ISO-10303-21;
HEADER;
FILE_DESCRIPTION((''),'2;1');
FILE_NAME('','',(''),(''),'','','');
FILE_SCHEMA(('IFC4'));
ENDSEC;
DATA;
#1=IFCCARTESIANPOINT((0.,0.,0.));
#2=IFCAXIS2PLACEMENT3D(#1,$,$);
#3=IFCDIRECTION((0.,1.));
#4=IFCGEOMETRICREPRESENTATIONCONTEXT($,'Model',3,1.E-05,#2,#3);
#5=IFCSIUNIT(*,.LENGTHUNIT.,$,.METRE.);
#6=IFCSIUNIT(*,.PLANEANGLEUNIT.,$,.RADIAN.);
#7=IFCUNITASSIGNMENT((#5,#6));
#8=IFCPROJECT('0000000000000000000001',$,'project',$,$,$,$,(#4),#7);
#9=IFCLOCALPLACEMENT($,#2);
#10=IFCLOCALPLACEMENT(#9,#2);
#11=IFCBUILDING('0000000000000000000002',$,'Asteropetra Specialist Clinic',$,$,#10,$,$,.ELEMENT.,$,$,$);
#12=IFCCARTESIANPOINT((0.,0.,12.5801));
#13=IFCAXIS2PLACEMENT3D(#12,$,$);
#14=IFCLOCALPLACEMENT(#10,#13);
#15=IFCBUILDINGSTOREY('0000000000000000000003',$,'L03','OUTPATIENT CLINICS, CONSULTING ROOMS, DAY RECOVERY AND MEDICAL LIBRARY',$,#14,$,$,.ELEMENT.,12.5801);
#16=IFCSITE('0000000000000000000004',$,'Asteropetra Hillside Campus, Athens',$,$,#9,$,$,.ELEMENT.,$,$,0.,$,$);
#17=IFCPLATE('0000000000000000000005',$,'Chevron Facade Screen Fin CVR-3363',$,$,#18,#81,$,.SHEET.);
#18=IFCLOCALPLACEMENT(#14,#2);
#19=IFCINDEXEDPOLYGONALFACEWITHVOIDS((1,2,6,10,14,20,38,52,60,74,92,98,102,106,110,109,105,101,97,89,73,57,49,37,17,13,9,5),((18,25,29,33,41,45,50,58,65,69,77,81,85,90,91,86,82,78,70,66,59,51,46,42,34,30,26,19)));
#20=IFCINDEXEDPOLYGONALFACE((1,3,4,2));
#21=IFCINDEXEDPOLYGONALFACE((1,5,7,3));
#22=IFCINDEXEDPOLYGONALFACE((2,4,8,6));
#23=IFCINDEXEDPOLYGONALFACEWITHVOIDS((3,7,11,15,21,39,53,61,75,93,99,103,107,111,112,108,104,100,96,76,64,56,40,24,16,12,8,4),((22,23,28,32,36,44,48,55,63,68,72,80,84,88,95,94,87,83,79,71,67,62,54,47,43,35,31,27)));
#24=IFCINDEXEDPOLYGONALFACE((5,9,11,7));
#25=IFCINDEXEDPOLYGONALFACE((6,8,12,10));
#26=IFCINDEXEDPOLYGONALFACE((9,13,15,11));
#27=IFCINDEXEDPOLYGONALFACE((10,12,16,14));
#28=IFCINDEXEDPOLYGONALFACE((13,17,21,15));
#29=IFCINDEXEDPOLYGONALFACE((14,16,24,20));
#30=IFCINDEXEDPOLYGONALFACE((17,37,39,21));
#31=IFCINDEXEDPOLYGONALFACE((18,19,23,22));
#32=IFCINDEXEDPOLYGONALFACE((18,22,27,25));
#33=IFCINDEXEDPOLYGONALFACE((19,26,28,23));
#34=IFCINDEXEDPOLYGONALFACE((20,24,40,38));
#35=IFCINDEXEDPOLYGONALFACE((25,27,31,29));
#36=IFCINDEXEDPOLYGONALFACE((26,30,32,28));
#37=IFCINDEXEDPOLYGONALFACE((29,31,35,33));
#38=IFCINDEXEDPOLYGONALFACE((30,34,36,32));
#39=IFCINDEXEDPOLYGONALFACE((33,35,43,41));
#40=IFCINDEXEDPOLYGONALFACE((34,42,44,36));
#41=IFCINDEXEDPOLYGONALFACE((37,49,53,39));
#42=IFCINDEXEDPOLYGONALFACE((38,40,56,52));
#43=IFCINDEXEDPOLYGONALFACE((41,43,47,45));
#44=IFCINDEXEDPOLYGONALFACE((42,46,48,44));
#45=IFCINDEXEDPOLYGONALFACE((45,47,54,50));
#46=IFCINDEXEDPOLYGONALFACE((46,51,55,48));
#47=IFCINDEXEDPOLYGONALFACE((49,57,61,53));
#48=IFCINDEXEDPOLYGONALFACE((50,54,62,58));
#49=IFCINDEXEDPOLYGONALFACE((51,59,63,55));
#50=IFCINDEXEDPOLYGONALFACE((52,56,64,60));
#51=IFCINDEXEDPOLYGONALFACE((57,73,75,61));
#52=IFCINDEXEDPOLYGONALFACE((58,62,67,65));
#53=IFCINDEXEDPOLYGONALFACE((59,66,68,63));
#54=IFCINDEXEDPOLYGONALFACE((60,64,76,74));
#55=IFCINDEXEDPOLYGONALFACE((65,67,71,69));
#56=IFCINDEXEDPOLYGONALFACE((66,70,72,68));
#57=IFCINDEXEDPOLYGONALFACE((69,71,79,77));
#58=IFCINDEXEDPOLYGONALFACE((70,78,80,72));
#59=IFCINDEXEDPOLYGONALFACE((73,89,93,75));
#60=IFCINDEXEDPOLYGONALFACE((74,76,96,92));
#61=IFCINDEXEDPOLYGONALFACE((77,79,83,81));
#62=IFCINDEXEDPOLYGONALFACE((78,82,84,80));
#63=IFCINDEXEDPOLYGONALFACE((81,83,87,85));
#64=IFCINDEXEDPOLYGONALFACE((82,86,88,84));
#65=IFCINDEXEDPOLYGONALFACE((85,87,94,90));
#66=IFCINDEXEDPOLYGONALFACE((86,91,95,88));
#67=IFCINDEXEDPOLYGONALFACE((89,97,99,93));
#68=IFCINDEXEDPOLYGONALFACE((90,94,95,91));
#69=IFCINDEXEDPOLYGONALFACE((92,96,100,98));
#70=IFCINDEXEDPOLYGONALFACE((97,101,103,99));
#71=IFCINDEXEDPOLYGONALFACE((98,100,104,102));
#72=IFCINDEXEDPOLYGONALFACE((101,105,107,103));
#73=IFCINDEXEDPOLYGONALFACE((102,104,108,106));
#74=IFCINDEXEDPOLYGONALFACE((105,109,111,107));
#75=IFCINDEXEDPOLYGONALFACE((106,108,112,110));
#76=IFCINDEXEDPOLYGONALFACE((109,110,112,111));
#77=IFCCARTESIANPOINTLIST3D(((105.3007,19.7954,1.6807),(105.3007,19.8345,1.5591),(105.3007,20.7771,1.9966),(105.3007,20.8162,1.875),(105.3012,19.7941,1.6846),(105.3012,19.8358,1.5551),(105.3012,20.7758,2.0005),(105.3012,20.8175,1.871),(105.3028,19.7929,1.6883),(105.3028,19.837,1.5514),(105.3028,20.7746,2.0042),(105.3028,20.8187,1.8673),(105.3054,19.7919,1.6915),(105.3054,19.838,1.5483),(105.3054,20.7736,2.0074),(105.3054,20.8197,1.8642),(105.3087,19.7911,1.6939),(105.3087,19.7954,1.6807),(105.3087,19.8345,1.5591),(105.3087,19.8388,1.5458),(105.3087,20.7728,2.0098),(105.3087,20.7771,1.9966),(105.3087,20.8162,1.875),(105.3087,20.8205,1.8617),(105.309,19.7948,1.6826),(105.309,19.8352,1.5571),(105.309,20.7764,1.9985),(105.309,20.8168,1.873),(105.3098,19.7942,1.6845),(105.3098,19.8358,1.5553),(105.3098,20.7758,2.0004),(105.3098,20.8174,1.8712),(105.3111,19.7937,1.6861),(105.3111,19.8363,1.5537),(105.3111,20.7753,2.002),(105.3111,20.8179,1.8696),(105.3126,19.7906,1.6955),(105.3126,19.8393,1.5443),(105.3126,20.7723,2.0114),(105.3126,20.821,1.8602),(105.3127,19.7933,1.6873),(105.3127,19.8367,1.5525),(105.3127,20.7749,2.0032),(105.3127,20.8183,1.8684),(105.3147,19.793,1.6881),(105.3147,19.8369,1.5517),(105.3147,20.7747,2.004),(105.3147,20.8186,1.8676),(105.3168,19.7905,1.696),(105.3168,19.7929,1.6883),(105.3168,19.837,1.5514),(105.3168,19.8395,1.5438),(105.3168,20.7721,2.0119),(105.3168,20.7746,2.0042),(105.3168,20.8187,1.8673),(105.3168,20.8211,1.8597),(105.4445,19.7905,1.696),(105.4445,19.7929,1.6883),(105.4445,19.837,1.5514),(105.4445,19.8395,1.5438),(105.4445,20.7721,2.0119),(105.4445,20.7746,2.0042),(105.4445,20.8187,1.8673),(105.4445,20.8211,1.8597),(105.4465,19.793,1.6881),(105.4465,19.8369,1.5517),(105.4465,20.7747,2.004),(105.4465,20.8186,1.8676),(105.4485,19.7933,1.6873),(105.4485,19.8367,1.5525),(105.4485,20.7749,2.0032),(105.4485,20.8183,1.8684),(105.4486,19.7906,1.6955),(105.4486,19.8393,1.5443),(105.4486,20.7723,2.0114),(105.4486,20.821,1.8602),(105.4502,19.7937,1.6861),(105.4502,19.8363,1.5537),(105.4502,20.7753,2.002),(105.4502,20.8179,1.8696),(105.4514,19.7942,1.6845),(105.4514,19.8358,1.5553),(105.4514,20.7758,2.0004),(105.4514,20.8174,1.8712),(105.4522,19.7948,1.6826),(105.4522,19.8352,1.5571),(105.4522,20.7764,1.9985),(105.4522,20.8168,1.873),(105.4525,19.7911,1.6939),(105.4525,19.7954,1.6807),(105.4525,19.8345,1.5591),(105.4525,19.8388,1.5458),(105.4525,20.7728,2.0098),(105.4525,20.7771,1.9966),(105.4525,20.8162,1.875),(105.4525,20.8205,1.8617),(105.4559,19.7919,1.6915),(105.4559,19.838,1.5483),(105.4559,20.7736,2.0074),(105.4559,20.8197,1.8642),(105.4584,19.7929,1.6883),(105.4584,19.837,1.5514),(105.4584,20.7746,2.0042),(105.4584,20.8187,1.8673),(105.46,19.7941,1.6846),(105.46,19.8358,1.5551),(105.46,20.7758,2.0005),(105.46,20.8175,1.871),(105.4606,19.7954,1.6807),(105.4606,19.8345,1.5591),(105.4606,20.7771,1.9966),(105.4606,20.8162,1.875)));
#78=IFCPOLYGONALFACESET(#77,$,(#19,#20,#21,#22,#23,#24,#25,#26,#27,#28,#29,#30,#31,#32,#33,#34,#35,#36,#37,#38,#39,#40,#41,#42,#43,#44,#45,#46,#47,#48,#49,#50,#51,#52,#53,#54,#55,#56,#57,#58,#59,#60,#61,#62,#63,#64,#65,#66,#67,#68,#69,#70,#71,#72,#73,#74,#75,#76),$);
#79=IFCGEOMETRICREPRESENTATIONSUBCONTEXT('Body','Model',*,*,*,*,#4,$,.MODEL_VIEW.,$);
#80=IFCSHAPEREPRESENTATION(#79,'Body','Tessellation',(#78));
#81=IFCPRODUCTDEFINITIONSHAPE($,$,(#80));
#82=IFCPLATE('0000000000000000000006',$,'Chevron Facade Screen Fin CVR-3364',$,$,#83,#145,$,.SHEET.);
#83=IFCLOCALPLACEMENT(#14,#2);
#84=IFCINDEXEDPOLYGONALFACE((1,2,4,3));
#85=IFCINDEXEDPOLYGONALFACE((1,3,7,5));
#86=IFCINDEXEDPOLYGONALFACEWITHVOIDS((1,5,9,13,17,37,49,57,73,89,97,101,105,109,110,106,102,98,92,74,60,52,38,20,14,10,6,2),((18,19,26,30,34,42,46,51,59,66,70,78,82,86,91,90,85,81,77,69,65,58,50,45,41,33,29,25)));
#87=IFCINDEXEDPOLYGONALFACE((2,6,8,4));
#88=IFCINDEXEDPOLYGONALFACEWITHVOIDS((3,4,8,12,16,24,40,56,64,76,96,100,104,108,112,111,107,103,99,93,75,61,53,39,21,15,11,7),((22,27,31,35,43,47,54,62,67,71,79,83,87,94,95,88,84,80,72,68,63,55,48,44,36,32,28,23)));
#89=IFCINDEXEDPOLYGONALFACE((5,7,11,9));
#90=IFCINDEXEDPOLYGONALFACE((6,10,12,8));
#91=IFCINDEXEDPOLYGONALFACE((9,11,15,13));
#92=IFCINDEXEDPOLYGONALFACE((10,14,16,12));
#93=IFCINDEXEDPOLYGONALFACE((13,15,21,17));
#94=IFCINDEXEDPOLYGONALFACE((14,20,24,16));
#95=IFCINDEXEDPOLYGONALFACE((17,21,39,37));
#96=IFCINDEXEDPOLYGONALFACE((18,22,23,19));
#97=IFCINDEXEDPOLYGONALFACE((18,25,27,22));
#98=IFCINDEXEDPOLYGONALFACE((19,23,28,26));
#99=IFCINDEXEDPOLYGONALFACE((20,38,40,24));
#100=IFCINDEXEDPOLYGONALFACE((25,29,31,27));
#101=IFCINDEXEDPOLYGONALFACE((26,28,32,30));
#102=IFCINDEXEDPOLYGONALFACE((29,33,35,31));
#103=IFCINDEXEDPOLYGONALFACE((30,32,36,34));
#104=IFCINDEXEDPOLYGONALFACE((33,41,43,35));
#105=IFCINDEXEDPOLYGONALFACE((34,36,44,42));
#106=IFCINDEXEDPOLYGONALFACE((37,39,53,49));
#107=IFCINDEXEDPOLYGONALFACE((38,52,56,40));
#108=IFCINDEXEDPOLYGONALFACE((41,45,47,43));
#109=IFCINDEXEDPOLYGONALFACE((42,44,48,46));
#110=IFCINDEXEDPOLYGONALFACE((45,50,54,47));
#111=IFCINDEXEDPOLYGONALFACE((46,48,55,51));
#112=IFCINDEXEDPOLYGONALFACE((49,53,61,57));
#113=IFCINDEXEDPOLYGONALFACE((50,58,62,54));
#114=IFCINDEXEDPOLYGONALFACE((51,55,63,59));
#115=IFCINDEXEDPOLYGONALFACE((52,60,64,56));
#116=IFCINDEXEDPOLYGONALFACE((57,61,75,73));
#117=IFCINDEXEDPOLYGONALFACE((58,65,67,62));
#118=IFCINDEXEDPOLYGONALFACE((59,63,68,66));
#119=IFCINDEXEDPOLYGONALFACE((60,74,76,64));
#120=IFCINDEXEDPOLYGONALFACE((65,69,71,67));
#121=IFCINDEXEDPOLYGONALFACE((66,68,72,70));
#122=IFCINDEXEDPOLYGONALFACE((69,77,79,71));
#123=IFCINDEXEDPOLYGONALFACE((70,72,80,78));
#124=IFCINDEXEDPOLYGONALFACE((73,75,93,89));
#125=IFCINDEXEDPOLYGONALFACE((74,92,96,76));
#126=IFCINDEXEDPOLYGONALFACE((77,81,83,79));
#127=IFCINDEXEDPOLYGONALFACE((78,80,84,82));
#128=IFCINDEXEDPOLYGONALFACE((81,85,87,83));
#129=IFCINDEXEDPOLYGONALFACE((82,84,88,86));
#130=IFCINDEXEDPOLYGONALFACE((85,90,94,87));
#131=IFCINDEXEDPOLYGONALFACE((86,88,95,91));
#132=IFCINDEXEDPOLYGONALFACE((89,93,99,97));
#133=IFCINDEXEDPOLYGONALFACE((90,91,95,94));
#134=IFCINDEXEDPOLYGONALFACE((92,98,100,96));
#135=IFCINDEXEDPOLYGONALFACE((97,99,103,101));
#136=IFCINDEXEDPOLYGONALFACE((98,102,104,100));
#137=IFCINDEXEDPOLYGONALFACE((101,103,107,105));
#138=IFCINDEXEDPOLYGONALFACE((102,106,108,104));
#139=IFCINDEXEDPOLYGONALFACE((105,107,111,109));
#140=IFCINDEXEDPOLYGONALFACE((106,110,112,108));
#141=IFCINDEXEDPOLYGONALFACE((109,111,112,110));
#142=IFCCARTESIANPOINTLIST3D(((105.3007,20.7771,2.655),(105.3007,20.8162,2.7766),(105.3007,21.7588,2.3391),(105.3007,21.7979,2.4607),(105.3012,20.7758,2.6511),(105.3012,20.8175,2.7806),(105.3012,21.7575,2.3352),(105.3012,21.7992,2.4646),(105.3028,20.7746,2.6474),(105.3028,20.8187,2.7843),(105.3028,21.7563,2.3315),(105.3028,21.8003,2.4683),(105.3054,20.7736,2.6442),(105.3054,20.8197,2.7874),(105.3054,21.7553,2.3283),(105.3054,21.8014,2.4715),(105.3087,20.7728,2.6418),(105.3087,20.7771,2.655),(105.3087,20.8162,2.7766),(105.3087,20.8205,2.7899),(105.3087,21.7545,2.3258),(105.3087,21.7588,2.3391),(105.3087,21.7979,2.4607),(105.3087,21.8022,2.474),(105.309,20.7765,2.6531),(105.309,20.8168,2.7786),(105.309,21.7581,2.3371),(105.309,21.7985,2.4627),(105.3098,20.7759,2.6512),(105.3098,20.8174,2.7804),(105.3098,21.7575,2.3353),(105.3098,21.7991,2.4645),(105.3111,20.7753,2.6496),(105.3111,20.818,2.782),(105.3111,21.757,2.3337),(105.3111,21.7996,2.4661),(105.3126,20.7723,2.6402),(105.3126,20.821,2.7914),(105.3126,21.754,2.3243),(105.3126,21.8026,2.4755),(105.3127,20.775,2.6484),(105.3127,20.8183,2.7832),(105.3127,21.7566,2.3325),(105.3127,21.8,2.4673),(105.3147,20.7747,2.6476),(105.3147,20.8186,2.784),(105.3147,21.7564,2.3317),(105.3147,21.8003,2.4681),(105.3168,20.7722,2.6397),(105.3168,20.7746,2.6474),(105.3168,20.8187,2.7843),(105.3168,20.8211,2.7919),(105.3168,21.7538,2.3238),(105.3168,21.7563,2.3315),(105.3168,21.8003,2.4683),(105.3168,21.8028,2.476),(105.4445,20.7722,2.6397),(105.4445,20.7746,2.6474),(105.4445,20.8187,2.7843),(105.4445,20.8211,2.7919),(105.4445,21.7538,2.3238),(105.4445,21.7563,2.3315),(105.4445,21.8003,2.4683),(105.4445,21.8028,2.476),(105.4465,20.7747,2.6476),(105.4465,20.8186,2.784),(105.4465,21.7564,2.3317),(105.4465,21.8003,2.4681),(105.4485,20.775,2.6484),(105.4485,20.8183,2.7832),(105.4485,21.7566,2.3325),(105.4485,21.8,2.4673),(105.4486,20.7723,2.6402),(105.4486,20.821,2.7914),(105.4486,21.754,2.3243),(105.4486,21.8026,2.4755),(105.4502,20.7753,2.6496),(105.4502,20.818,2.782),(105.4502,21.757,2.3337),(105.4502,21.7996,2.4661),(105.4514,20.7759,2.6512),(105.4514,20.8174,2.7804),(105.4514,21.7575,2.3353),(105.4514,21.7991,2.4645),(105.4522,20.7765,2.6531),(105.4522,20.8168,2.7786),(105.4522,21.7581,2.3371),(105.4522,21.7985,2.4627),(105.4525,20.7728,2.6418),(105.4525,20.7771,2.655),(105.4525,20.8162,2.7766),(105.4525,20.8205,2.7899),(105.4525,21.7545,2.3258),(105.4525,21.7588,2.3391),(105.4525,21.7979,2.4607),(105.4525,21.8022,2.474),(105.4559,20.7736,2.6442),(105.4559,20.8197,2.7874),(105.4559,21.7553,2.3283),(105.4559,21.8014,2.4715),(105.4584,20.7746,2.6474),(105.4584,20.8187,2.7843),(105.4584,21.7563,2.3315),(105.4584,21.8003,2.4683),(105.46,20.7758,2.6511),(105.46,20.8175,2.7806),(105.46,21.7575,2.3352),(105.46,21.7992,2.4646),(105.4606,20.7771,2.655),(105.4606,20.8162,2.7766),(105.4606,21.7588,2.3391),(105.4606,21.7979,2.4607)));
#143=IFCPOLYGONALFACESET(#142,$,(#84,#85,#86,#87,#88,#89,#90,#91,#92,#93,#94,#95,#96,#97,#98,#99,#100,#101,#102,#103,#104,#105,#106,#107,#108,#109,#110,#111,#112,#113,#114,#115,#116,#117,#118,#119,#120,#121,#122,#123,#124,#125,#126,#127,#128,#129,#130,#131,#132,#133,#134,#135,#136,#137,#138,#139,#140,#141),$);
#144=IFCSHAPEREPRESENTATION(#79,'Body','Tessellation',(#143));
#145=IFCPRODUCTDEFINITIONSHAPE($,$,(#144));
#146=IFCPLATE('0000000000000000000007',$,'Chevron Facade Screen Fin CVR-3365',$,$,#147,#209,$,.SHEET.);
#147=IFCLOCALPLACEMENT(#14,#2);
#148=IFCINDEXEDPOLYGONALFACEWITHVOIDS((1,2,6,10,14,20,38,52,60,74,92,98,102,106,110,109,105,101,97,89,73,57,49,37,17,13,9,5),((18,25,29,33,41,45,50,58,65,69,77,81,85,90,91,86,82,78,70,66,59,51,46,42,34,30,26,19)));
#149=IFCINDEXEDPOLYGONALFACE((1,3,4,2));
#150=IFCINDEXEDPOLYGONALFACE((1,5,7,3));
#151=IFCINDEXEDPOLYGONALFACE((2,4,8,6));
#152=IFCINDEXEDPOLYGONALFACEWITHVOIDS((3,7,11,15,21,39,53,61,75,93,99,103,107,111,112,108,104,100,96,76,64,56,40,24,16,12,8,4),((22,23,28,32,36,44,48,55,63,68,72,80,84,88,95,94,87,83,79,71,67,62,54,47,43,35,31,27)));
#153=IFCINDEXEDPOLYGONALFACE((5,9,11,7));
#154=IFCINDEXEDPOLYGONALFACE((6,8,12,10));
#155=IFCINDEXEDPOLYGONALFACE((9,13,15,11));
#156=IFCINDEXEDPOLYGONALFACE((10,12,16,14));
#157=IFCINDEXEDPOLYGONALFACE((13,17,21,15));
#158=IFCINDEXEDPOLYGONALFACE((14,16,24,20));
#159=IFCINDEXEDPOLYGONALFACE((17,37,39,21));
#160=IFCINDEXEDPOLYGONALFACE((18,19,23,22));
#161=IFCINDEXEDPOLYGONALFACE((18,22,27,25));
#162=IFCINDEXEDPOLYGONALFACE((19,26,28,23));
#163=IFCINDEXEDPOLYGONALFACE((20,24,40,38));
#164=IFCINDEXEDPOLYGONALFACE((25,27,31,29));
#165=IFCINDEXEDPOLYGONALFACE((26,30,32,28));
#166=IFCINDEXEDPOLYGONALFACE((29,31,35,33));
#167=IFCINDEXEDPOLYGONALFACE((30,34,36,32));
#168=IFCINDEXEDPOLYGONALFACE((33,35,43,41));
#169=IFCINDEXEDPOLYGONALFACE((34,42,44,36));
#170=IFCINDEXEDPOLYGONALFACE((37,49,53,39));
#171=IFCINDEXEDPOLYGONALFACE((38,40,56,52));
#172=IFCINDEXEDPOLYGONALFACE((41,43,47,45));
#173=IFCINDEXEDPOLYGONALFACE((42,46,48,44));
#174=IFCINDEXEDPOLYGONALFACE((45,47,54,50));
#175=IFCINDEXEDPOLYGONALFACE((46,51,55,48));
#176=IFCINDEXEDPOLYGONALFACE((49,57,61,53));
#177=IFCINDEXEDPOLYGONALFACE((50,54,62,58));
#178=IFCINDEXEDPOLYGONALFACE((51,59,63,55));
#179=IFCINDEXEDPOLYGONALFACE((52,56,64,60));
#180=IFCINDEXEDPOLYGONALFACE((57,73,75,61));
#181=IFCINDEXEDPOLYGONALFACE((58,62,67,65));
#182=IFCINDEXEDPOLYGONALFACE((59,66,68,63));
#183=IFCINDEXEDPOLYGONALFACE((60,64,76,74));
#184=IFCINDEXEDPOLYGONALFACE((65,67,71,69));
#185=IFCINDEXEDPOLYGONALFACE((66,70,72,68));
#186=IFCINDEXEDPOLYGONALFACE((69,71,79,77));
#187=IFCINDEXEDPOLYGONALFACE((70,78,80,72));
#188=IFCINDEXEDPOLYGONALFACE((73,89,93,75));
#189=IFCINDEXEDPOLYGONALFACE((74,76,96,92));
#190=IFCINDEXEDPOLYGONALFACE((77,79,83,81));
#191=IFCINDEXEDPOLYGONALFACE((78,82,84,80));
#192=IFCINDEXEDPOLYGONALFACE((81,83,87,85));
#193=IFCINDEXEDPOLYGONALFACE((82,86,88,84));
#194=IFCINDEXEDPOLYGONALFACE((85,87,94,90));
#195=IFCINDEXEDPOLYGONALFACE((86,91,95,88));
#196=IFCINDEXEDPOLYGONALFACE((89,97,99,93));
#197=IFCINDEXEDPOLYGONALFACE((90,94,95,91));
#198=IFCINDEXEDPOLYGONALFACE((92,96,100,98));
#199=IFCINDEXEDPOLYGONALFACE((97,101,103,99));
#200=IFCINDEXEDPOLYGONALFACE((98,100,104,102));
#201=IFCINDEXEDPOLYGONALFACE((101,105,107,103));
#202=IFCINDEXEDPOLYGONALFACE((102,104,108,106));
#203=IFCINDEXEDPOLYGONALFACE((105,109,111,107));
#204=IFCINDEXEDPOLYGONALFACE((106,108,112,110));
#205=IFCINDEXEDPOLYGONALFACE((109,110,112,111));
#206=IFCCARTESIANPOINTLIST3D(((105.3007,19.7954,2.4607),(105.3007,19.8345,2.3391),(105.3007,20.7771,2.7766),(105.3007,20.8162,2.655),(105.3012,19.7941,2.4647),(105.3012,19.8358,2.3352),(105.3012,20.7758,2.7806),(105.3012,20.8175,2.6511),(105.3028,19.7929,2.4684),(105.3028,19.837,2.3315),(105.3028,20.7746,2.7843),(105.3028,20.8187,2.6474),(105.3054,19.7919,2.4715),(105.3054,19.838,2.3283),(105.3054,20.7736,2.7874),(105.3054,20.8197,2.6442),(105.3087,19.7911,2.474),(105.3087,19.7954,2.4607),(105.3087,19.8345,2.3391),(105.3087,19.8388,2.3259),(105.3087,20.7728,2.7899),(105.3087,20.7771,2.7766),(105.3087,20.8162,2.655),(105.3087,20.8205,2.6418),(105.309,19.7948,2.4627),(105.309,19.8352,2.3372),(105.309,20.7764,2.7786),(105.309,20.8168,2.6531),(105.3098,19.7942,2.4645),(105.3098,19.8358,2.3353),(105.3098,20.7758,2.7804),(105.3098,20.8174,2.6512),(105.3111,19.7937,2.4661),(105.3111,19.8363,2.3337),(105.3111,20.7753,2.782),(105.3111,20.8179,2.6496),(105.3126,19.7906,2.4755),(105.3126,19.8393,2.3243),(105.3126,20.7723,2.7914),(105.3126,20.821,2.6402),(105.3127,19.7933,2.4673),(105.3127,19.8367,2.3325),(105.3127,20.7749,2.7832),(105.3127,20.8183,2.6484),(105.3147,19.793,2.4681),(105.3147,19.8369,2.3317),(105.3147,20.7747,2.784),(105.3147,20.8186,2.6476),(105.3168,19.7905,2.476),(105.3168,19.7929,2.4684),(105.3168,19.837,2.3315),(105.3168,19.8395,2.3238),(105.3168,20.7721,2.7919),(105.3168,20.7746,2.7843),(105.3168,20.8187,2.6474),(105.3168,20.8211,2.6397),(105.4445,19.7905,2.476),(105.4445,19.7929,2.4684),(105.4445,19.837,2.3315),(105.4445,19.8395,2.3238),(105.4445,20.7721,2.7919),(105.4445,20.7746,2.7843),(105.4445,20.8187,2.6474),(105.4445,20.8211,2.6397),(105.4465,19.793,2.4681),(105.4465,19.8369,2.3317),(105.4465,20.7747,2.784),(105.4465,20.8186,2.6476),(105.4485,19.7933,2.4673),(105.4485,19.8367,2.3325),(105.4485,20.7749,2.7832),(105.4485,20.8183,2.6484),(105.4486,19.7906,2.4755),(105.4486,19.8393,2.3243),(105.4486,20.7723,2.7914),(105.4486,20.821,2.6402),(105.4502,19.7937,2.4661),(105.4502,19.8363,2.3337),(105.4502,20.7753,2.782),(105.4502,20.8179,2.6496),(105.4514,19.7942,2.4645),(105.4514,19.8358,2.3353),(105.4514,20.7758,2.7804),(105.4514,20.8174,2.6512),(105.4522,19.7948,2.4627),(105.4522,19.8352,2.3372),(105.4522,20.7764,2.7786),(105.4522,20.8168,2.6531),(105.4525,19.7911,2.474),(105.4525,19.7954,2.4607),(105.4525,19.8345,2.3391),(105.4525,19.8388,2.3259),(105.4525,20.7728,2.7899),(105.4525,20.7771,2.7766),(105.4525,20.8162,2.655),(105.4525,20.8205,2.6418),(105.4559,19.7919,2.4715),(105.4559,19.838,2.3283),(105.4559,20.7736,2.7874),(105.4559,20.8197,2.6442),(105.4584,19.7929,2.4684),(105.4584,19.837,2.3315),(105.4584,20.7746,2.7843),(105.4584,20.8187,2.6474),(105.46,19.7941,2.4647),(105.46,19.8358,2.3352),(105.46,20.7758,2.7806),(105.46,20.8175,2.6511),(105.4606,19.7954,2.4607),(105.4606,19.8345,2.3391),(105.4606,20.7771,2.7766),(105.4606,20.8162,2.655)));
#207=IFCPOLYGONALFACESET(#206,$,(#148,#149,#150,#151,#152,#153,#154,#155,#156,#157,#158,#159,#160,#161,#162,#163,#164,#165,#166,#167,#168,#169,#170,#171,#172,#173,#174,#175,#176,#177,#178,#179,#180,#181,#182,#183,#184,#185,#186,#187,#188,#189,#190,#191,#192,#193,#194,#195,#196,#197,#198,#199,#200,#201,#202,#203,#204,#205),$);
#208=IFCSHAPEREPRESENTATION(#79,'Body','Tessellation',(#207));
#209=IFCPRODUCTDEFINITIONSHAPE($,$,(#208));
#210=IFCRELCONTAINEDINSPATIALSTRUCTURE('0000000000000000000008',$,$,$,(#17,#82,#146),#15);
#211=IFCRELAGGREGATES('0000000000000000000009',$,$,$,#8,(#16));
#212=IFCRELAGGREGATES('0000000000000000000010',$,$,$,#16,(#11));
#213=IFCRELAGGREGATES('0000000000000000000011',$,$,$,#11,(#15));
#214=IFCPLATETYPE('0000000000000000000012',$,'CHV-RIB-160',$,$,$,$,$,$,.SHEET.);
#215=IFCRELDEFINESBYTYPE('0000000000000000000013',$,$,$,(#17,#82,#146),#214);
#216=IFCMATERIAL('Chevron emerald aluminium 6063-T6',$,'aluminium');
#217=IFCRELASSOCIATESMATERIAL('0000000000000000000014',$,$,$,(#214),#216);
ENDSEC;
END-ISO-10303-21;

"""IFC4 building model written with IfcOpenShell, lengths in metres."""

from ifc_helpers import new_model, si_unit, direction, frame, origin, origin_2d, place, context, subcontext, project, spatial, hollow_rectangle, extrude, material, material_profile, profile_set, type_object, element, save


model = new_model("IFC4")

# Units and contexts
model_context = context("Model", 3, precision=1e-05, world=origin(), true_north=direction((0.0, 1.0)))
body_context = subcontext(model_context, "Body", "Model", "MODEL_VIEW")
ifc_project = project(units=[si_unit("LENGTHUNIT", "METRE"), si_unit("PLANEANGLEUNIT", "RADIAN")], contexts=[model_context])

# Site, building, storey
site_placement = place(None, origin())
site = spatial("IfcSite", under=ifc_project, at=site_placement, Name="Asteropetra Hillside Campus, Athens", CompositionType="ELEMENT", RefElevation=0.0)
building_placement = place(site_placement, origin())
building = spatial("IfcBuilding", under=site, at=building_placement, Name="Asteropetra Specialist Clinic", CompositionType="ELEMENT")
storey_placement = place(building_placement, frame((0.0, 0.0, 12.5801)))
storey = spatial("IfcBuildingStorey", under=building, at=storey_placement, Name="L03", Description="OUTPATIENT CLINICS, CONSULTING ROOMS, DAY RECOVERY AND MEDICAL LIBRARY", CompositionType="ELEMENT", Elevation=12.5801)

# Plates
ifc_material_1 = material(Name="Chevron emerald aluminium 6063-T6", Category="aluminium")
ifc_material_profile_1 = material_profile(ifc_material_1, hollow_rectangle(XDim=0.1599, YDim=0.1599, WallThickness=0.0081, InnerFilletRadius=0.0081, OuterFilletRadius=0.0161, at=origin_2d()), Name="SHS 160x160x8.0")
ifc_profile_set_1 = profile_set([ifc_material_profile_1], Name="Chevron emerald aluminium 6063-T6")
plate_type = type_object("IfcPlateType", Name="CHV-RIB-160", PredefinedType="SHEET", material=ifc_profile_set_1)
for number, where, z_axis, x_axis, name in (
    (1, (105.3806, 20.7966, 1.9358), (0.0, -0.951923, -0.306339), (1.0, 0.0, 0.0), "Chevron Facade Screen Fin CVR-3363"),
    (2, (105.3806, 21.7783, 2.3999), (0.0, -0.951923, 0.306339), (1.0, 0.0, 0.0), "Chevron Facade Screen Fin CVR-3364"),
    (3, (105.3806, 20.7966, 2.7158), (0.0, -0.951923, -0.306339), (1.0, 0.0, 0.0), "Chevron Facade Screen Fin CVR-3365"),
):
    element("IfcPlate", number, at=place(storey_placement, frame(where, z_axis=z_axis, x_axis=x_axis)), inside=storey, type_object=plate_type, Name=name, PredefinedType="SHEET", context=body_context, shape_type="SweptSolid", body=[
        extrude(hollow_rectangle(XDim=0.1599, YDim=0.1599, WallThickness=0.0081, InnerFilletRadius=0.0081, OuterFilletRadius=0.0161, at=origin_2d()), origin(), (0.0, 0.0, 1.0), 1.0312),
    ])

save(model, "model.ifc")
